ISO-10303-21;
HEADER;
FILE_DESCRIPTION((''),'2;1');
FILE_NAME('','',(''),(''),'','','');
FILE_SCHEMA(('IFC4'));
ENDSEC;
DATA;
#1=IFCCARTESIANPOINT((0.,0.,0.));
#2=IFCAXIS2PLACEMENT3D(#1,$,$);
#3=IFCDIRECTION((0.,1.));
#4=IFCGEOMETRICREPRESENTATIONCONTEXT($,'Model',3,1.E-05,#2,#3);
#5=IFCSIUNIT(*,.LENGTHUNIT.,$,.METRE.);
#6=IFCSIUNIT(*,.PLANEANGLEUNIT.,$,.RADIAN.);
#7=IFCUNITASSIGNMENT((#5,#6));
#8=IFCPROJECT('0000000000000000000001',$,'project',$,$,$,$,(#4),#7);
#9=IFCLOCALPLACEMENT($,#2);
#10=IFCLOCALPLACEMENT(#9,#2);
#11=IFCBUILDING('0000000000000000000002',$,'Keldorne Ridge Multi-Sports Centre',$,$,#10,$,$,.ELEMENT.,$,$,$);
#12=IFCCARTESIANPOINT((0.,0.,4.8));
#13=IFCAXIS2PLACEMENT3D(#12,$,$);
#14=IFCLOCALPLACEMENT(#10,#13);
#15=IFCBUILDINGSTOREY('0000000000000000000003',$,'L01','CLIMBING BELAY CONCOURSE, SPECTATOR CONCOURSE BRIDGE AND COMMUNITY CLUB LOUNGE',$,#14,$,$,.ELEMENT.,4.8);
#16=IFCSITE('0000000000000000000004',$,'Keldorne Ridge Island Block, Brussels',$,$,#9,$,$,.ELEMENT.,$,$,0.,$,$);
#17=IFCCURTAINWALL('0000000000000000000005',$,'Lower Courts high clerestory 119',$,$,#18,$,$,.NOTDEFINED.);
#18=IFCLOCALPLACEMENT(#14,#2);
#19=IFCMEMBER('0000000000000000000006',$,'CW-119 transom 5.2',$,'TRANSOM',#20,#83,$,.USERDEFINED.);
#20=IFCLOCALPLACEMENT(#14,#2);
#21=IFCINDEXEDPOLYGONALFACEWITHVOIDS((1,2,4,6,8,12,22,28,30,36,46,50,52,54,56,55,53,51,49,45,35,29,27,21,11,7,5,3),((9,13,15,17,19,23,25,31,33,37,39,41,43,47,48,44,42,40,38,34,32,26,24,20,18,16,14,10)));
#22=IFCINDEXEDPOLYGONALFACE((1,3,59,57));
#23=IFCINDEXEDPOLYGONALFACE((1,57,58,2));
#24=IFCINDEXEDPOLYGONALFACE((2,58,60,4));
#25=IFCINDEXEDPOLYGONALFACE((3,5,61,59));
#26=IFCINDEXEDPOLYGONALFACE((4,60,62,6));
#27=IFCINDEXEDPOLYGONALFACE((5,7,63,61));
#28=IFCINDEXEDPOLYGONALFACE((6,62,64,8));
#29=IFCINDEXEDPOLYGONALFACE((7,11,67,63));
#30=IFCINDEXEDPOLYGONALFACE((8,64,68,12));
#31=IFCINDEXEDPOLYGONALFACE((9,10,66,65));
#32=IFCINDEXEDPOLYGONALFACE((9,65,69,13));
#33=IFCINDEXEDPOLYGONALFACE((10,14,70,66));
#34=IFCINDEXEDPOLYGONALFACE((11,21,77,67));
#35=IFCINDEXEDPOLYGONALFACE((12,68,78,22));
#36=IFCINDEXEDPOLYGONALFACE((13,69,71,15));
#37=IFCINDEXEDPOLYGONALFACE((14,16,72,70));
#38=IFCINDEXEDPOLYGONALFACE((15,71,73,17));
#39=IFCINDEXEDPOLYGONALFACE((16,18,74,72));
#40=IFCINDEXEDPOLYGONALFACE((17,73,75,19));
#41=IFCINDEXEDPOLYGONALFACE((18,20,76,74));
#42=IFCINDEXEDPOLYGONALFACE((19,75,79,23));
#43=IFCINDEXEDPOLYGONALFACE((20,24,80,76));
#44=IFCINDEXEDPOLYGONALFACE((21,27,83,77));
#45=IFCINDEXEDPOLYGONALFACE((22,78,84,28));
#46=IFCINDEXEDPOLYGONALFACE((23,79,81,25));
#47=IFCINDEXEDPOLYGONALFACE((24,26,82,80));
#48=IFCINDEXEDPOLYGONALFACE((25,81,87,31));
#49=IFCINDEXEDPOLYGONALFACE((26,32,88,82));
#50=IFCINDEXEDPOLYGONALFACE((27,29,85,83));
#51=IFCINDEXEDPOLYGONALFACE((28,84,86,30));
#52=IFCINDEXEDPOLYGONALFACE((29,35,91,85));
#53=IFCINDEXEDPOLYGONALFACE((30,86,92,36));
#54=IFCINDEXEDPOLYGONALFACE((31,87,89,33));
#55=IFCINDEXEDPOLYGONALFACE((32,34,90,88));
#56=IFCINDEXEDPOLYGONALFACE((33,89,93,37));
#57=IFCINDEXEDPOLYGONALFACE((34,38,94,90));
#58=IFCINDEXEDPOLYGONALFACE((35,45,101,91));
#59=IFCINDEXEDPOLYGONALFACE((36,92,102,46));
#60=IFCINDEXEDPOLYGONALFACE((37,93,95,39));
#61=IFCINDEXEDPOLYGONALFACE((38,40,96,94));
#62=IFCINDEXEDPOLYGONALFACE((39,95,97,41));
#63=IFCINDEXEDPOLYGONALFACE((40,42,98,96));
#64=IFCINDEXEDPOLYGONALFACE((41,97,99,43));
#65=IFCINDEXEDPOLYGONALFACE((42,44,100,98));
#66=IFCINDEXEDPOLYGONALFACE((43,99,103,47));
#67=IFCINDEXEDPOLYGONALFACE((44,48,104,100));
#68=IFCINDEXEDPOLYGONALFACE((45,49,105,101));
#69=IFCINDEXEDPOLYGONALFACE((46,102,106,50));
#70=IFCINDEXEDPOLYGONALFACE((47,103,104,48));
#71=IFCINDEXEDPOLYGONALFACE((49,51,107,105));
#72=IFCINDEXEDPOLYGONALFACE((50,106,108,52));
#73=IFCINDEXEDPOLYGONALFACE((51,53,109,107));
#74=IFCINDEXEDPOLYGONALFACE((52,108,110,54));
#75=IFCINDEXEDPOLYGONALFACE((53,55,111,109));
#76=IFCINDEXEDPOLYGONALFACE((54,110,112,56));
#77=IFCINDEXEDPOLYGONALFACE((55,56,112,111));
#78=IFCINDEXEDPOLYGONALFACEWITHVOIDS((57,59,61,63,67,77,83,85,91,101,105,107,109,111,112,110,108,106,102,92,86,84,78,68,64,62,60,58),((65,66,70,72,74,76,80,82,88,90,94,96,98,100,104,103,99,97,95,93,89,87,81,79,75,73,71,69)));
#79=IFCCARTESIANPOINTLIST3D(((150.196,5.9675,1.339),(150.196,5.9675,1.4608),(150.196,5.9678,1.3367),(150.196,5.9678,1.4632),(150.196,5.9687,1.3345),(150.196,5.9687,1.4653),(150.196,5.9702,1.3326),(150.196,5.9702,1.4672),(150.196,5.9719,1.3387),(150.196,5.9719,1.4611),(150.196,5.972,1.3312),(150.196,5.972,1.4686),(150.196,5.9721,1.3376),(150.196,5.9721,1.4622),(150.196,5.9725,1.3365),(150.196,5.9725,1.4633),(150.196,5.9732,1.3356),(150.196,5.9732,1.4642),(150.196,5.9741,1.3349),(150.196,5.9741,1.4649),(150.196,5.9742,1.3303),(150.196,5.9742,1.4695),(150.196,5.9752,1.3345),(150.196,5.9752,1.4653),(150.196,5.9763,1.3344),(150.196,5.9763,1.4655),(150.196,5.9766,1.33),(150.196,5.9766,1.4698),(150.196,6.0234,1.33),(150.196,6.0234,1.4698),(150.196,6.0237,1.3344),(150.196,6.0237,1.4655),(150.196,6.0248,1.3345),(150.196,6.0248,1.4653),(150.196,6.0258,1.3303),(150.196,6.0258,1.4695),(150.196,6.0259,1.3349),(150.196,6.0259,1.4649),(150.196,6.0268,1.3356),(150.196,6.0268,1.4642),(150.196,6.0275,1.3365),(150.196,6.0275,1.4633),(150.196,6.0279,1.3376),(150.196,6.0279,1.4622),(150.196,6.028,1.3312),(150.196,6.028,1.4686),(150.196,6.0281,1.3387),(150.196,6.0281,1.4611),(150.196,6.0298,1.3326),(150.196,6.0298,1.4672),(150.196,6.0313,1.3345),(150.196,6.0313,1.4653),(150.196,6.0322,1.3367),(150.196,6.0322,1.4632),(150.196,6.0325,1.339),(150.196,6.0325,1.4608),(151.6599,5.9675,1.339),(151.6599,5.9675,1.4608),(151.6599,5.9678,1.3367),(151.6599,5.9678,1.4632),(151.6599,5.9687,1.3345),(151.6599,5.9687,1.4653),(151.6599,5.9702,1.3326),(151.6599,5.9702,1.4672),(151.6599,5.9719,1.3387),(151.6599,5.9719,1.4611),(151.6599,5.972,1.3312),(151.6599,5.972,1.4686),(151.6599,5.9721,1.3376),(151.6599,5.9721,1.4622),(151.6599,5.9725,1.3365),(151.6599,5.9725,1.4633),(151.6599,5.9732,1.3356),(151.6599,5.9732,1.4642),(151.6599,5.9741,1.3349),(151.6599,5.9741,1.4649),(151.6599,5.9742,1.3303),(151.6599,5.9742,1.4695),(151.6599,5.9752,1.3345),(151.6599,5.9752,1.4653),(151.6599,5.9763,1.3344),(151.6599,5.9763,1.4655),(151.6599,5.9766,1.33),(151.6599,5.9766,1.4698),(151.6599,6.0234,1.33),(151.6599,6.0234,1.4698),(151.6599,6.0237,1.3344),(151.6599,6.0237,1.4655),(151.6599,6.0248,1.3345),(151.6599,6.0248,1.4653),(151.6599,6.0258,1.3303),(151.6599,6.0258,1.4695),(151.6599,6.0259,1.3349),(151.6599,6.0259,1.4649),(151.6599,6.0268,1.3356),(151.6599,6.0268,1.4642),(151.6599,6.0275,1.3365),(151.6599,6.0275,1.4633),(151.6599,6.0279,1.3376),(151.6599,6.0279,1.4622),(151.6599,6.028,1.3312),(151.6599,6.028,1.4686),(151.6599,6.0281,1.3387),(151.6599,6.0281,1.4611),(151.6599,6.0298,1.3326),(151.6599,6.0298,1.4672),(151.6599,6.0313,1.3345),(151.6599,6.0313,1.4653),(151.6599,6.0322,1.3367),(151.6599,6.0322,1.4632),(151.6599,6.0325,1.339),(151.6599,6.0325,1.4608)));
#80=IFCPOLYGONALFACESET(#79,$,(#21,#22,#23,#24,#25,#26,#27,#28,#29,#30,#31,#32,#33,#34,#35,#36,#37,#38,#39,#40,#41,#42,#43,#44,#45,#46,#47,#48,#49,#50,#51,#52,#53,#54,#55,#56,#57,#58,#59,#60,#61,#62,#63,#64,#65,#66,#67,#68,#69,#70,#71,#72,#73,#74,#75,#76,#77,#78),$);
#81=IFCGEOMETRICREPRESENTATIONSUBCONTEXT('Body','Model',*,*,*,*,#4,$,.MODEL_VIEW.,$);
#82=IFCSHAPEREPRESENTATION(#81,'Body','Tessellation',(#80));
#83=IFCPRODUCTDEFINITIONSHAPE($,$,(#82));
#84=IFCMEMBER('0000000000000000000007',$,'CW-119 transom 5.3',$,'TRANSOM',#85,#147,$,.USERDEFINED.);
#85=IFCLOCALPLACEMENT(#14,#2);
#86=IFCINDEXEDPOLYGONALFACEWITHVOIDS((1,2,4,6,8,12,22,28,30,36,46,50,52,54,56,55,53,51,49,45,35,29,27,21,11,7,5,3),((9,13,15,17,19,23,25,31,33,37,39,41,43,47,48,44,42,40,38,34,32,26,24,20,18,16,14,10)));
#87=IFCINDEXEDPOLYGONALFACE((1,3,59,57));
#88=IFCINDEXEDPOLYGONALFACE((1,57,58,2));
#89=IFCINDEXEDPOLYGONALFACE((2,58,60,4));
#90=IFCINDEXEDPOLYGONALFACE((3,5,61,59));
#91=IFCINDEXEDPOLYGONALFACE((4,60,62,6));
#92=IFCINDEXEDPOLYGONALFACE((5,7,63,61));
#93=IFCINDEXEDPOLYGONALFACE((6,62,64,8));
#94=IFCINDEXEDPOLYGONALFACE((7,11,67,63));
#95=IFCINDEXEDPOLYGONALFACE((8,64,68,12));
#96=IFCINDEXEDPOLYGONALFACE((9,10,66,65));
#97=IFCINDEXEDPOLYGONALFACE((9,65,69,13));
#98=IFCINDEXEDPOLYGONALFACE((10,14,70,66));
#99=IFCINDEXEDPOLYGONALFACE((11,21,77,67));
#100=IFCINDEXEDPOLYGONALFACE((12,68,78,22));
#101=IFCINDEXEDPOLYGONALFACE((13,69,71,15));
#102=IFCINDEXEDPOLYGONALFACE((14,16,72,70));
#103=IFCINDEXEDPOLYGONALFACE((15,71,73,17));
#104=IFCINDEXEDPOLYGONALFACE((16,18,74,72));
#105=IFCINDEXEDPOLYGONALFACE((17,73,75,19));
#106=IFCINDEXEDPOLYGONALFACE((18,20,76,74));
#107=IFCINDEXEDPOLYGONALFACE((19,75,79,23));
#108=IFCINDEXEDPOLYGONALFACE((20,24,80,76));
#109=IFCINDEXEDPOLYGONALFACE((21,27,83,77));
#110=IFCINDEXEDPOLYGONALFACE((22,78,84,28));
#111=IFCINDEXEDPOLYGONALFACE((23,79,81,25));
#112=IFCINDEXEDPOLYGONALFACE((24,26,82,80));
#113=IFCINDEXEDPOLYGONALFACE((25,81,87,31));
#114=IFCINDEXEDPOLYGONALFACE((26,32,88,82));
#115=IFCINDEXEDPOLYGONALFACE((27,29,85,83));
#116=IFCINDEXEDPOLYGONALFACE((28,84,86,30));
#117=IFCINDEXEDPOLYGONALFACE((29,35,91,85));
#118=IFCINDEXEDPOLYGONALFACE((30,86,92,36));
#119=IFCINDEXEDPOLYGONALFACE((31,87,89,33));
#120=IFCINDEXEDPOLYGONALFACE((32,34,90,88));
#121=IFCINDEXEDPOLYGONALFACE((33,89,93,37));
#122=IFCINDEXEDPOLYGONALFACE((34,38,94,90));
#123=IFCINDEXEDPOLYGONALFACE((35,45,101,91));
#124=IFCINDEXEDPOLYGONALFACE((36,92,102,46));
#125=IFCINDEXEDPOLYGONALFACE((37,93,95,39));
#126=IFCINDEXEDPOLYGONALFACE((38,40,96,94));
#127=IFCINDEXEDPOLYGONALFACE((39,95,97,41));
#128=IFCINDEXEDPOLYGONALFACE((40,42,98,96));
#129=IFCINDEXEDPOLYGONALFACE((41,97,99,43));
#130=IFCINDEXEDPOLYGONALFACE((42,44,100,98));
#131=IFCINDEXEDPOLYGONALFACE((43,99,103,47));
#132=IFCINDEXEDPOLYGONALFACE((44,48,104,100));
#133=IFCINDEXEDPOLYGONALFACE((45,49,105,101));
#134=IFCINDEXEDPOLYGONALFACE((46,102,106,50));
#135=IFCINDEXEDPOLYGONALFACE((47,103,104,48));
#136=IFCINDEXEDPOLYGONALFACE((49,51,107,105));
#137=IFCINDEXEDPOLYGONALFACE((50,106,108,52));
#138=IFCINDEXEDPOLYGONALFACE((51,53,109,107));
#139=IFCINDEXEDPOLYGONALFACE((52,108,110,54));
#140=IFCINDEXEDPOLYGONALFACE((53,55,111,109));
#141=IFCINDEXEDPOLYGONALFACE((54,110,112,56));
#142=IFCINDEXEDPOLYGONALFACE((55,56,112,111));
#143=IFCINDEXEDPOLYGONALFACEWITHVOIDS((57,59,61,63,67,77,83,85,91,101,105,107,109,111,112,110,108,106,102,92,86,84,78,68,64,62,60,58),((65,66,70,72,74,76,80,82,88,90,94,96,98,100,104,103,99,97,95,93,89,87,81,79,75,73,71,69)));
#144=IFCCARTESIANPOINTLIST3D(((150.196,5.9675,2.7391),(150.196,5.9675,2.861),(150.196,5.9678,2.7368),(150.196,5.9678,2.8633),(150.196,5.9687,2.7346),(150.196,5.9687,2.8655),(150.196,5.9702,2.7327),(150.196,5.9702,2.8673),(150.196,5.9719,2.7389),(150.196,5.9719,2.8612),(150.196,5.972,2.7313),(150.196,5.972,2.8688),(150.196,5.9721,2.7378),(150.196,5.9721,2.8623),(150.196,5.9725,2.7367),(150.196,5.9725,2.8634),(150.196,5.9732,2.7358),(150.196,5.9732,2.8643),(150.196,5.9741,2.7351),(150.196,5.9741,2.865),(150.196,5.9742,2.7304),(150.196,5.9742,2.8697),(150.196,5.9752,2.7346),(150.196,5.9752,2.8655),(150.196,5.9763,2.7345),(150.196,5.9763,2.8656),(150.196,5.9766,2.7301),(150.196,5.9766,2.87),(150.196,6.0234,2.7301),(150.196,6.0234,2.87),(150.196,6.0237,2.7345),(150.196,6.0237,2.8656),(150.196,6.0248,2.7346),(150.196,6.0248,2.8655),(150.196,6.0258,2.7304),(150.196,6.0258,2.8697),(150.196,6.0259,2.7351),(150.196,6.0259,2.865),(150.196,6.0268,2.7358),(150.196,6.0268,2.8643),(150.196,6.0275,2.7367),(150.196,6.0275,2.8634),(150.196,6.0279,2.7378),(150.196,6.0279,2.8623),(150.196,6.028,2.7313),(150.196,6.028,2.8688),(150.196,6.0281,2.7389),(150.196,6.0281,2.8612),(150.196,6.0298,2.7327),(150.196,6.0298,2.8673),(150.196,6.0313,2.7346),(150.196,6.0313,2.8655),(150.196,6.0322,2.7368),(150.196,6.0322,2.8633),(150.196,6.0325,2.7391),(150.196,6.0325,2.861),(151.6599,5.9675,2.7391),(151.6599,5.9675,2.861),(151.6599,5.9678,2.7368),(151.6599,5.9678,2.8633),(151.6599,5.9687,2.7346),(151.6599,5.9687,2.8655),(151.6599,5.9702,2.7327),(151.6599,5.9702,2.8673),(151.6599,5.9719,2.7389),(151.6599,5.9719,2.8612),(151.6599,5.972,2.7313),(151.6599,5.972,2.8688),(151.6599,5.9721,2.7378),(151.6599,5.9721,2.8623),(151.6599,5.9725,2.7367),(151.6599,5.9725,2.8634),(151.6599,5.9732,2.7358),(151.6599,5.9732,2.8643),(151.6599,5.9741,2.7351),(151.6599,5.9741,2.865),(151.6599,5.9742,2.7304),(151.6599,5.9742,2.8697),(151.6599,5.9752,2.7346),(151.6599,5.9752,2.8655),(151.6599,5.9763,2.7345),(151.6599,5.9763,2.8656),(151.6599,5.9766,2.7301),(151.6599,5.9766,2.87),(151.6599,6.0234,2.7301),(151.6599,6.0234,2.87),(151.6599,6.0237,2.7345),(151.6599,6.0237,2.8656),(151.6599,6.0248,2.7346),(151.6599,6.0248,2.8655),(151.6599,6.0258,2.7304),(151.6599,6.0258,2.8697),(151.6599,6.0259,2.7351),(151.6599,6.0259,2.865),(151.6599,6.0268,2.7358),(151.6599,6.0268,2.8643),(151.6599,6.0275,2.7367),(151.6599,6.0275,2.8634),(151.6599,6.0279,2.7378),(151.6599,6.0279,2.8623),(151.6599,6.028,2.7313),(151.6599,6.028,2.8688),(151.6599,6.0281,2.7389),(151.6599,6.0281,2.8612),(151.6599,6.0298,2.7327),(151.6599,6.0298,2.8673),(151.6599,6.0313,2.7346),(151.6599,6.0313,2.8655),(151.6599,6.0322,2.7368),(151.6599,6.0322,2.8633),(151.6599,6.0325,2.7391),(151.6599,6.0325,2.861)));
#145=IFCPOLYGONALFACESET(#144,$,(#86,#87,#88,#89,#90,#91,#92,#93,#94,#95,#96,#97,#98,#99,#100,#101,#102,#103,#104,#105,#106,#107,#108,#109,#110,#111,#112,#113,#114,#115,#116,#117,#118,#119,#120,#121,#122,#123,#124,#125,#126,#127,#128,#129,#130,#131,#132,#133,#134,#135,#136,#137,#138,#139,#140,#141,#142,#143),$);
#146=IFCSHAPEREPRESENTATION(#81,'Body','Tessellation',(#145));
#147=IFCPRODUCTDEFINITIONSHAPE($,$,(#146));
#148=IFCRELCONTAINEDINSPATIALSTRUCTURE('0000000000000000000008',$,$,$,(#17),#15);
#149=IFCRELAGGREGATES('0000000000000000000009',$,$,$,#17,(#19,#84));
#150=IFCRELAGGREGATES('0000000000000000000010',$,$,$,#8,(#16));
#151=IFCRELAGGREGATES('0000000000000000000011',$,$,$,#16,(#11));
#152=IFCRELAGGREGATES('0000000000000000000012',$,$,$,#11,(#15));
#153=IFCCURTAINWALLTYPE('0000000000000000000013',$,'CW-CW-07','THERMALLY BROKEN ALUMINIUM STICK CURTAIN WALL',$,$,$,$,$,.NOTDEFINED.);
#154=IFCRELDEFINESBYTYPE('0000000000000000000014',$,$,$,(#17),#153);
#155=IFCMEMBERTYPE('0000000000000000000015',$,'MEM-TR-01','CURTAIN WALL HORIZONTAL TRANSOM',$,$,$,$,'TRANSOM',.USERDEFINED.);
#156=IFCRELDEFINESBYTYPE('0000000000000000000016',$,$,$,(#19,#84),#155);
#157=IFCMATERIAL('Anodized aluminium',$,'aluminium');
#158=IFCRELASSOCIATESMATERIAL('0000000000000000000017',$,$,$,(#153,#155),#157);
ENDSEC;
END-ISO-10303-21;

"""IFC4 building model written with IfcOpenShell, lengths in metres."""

from ifc_helpers import new_model, si_unit, direction, frame, origin, origin_2d, place, context, subcontext, project, spatial, hollow_rectangle, extrude, material, material_profile, profile_set, type_object, element, aggregate, save


model = new_model("IFC4")

# Units and contexts
model_context = context("Model", 3, precision=1e-05, world=origin(), true_north=direction((0.0, 1.0)))
body_context = subcontext(model_context, "Body", "Model", "MODEL_VIEW")
ifc_project = project(units=[si_unit("LENGTHUNIT", "METRE"), si_unit("PLANEANGLEUNIT", "RADIAN")], contexts=[model_context])

# Site, building, storey
site_placement = place(None, origin())
site = spatial("IfcSite", under=ifc_project, at=site_placement, Name="Keldorne Ridge Island Block, Brussels", CompositionType="ELEMENT", RefElevation=0.0)
building_placement = place(site_placement, origin())
building = spatial("IfcBuilding", under=site, at=building_placement, Name="Keldorne Ridge Multi-Sports Centre", CompositionType="ELEMENT")
storey_placement = place(building_placement, frame((0.0, 0.0, 4.8)))
storey = spatial("IfcBuildingStorey", under=building, at=storey_placement, Name="L01", Description="CLIMBING BELAY CONCOURSE, SPECTATOR CONCOURSE BRIDGE AND COMMUNITY CLUB LOUNGE", CompositionType="ELEMENT", Elevation=4.8)

# Curtain wall
ifc_material_1 = material(Name="Anodized aluminium", Category="aluminium")
curtain_wall_type = type_object("IfcCurtainWallType", Name="CW-CW-07", Description="THERMALLY BROKEN ALUMINIUM STICK CURTAIN WALL", PredefinedType="NOTDEFINED", material=ifc_material_1)
curtain_wall_placement = place(storey_placement, origin())
curtain_wall = element("IfcCurtainWall", 1, at=curtain_wall_placement, inside=storey, type_object=curtain_wall_type, Name="Lower Courts high clerestory 119", PredefinedType="NOTDEFINED")

# Members
ifc_material_profile_1 = material_profile(ifc_material_1, hollow_rectangle(XDim=0.0649, YDim=0.1399, WallThickness=0.0044, InnerFilletRadius=0.0044, OuterFilletRadius=0.009, at=origin_2d()), Name="ALU TRANSOM 140x65x4.5")
ifc_profile_set_1 = profile_set([ifc_material_profile_1], Name="Anodized aluminium")
member_type_1 = type_object("IfcMemberType", Name="MEM-TR-01", Description="CURTAIN WALL HORIZONTAL TRANSOM", ElementType="TRANSOM", PredefinedType="USERDEFINED", material=ifc_profile_set_1)
member_1_placement = place(storey_placement, frame((150.196, 6.0, 1.3999), z_axis=(1.0, 0.0, 0.0), x_axis=(0.0, 1.0, 0.0)))
member_1 = element("IfcMember", 2, at=member_1_placement, type_object=member_type_1, Name="CW-119 transom 5.2", ObjectType="TRANSOM", PredefinedType="USERDEFINED", context=body_context, shape_type="SweptSolid", body=[
    extrude(hollow_rectangle(XDim=0.0649, YDim=0.1399, WallThickness=0.0044, InnerFilletRadius=0.0044, OuterFilletRadius=0.009, at=origin_2d()), origin(), (0.0, 0.0, 1.0), 1.4639),
])
member_2_placement = place(storey_placement, frame((150.196, 6.0, 2.8), z_axis=(1.0, 0.0, 0.0), x_axis=(0.0, 1.0, 0.0)))
member_2 = element("IfcMember", 3, at=member_2_placement, type_object=member_type_1, Name="CW-119 transom 5.3", ObjectType="TRANSOM", PredefinedType="USERDEFINED", context=body_context, shape_type="SweptSolid", body=[
    extrude(hollow_rectangle(XDim=0.0649, YDim=0.1399, WallThickness=0.0044, InnerFilletRadius=0.0044, OuterFilletRadius=0.009, at=origin_2d()), origin(), (0.0, 0.0, 1.0), 1.4639),
])

aggregate(curtain_wall, [member_1, member_2])

save(model, "model.ifc")
